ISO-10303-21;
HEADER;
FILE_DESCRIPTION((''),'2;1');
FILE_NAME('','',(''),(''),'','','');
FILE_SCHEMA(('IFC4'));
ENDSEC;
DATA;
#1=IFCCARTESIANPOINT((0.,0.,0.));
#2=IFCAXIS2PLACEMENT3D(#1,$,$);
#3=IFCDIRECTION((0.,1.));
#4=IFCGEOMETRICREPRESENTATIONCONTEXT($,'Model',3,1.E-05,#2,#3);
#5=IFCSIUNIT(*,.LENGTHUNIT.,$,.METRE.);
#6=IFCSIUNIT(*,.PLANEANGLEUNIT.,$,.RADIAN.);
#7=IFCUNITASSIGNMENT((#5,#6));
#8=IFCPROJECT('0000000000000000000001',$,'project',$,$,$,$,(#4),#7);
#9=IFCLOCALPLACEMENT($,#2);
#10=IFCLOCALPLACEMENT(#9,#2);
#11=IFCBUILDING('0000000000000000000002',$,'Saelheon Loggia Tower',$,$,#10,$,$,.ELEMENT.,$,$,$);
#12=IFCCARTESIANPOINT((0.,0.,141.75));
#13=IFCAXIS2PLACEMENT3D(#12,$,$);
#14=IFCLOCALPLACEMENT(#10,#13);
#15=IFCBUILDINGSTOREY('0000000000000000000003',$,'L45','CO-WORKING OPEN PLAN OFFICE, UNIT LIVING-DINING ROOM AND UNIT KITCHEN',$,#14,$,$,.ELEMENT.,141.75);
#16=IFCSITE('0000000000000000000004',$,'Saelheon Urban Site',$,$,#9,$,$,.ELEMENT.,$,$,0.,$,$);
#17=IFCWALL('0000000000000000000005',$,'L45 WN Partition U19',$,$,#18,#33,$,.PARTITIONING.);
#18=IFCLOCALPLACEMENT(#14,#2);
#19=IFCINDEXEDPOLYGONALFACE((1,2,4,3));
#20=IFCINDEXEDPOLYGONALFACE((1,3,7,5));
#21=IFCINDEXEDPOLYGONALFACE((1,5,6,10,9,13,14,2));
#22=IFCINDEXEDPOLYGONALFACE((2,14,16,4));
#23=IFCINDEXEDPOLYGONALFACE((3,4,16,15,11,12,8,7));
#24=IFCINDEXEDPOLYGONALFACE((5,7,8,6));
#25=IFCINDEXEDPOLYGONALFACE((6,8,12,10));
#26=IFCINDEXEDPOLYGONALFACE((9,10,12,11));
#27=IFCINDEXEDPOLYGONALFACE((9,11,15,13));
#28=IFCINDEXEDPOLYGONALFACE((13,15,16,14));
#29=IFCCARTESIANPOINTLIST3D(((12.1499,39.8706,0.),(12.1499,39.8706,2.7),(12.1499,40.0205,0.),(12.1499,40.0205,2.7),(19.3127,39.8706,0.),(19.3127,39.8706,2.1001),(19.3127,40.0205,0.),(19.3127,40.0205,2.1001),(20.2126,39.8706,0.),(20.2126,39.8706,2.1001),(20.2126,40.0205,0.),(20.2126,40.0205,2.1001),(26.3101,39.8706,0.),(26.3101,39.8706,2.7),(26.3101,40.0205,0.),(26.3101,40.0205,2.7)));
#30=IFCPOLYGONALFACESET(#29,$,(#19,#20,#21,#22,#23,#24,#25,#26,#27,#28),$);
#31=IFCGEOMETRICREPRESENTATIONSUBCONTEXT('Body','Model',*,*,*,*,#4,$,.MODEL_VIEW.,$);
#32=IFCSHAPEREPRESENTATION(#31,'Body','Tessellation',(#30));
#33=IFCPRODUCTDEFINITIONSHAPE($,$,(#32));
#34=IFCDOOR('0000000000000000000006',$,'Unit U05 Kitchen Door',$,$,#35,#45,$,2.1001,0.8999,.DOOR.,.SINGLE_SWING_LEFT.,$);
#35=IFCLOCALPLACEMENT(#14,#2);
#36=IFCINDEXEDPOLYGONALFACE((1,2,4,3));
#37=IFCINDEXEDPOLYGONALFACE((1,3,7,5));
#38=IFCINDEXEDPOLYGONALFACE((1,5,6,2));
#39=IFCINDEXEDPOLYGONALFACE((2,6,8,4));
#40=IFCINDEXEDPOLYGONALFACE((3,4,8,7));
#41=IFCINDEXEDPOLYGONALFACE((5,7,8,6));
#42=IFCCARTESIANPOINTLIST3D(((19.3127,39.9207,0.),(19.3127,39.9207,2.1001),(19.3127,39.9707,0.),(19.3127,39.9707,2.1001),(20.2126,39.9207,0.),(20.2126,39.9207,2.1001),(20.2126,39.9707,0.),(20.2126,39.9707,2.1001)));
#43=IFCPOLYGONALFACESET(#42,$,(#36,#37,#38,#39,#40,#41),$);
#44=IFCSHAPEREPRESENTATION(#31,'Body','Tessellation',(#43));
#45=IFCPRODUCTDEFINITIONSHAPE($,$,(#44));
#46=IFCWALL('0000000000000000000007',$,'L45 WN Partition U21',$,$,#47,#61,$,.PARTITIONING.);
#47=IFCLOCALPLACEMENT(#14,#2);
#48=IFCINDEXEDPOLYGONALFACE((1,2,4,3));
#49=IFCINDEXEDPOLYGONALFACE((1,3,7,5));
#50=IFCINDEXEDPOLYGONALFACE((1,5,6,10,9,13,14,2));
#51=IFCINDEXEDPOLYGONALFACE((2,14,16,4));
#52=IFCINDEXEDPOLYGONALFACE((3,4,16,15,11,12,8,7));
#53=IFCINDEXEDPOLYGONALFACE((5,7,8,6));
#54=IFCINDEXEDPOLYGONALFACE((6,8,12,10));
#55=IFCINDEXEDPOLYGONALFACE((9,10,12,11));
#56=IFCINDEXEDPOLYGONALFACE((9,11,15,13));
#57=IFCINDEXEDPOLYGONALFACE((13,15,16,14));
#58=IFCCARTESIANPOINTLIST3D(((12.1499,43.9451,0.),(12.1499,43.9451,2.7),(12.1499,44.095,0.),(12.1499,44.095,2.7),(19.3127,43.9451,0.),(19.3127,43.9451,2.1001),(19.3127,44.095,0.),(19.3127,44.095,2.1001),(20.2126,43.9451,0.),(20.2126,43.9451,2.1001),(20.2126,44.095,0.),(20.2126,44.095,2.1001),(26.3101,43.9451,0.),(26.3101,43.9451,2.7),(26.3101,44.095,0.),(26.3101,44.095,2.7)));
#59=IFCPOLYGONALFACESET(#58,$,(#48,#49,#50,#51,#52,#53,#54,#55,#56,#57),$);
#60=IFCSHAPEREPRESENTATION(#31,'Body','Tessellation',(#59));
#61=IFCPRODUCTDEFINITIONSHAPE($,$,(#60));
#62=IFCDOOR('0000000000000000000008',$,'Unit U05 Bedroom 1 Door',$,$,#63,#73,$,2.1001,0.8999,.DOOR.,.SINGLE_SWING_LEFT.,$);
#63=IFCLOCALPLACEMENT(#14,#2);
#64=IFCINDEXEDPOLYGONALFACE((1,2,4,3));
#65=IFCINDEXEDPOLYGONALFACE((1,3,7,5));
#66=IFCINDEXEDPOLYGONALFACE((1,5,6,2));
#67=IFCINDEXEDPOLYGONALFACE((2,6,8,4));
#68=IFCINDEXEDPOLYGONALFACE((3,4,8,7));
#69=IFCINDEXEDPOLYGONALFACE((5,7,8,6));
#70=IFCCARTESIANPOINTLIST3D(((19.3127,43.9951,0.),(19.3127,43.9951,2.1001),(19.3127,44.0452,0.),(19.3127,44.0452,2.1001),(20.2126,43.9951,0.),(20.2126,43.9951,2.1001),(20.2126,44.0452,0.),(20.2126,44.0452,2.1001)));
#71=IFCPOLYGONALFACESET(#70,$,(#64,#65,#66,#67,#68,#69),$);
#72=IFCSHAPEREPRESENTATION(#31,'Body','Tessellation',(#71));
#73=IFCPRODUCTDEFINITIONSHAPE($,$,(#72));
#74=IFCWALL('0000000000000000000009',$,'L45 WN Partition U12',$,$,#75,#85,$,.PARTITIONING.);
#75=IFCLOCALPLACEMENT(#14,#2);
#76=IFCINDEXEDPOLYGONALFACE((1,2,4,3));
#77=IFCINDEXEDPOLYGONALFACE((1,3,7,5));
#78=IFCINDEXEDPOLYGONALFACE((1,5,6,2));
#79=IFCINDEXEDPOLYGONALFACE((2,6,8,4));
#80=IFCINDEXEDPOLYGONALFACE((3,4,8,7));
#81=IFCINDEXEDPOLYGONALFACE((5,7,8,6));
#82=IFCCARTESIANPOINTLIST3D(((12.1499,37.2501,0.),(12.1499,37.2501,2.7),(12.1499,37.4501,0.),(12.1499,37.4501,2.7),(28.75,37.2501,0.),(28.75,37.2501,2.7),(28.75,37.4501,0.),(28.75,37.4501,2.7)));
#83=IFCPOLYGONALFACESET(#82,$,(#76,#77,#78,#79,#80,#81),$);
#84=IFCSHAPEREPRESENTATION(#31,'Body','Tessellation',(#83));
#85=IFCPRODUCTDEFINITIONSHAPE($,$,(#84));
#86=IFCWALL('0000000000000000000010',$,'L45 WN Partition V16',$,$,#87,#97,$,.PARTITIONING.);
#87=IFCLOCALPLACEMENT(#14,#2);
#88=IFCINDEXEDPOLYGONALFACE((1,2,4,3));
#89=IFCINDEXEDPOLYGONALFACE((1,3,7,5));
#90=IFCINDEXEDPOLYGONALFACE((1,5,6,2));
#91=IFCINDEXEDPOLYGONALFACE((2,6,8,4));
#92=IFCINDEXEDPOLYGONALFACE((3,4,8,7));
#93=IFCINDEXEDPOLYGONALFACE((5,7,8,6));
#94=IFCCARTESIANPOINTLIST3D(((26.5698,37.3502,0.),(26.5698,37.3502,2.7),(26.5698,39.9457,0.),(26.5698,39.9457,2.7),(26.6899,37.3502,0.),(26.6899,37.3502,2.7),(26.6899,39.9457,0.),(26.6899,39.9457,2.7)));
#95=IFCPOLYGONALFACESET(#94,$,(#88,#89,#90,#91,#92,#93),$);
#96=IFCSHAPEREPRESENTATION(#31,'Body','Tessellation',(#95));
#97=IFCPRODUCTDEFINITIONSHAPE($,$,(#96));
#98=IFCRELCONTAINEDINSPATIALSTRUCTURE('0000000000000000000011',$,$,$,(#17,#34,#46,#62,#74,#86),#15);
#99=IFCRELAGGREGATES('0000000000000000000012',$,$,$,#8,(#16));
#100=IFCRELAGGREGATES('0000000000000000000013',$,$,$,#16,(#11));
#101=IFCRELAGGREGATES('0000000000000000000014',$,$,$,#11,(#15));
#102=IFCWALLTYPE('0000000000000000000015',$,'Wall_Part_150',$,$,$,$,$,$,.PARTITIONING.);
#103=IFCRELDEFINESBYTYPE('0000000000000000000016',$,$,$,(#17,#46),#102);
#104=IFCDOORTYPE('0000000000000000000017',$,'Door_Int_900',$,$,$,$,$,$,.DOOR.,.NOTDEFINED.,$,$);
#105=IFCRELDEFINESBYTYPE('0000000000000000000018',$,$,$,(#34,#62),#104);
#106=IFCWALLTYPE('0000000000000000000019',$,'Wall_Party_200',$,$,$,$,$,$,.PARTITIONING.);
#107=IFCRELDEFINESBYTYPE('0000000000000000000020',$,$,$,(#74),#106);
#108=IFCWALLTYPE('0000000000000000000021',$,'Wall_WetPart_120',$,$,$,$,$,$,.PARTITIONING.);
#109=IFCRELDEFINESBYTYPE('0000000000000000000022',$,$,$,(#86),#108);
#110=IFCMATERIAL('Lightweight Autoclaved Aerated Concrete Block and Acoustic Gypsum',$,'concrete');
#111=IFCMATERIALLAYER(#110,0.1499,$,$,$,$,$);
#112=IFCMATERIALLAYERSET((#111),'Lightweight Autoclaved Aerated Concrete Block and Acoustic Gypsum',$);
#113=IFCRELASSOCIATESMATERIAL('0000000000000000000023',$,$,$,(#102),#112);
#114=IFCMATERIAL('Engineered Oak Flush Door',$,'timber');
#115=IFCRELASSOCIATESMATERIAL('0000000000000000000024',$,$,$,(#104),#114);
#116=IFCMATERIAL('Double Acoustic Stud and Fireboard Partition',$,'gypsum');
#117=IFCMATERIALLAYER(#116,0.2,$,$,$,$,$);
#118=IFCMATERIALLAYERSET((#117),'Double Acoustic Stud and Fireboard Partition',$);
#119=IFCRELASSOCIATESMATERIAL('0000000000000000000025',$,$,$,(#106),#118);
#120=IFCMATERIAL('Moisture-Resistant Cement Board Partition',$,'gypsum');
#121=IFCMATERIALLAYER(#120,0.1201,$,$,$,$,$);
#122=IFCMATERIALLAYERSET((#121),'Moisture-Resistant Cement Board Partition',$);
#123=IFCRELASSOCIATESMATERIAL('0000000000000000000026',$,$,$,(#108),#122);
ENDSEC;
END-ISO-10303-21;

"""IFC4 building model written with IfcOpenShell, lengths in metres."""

from ifc_helpers import new_model, si_unit, direction, frame, frame_2d, origin, place, context, subcontext, project, spatial, rectangle, extrude, source, transform, mapped, material, layer, layer_set, type_object, element, fill, save


model = new_model("IFC4")

# Units and contexts
model_context = context("Model", 3, precision=1e-05, world=origin(), true_north=direction((0.0, 1.0)))
body_context = subcontext(model_context, "Body", "Model", "MODEL_VIEW")
ifc_project = project(units=[si_unit("LENGTHUNIT", "METRE"), si_unit("PLANEANGLEUNIT", "RADIAN")], contexts=[model_context])

# Site, building, storey
site_placement = place(None, origin())
site = spatial("IfcSite", under=ifc_project, at=site_placement, Name="Saelheon Urban Site", CompositionType="ELEMENT", RefElevation=0.0)
building_placement = place(site_placement, origin())
building = spatial("IfcBuilding", under=site, at=building_placement, Name="Saelheon Loggia Tower", CompositionType="ELEMENT")
storey_placement = place(building_placement, frame((0.0, 0.0, 141.75)))
storey = spatial("IfcBuildingStorey", under=building, at=storey_placement, Name="L45", Description="CO-WORKING OPEN PLAN OFFICE, UNIT LIVING-DINING ROOM AND UNIT KITCHEN", CompositionType="ELEMENT", Elevation=141.75)

# Shared definitions
ifc_material_1 = material(Name="Lightweight Autoclaved Aerated Concrete Block and Acoustic Gypsum", Category="concrete")
ifc_layer_1 = layer(ifc_material_1, 0.1499)
ifc_layer_set_1 = layer_set([ifc_layer_1], Name="Lightweight Autoclaved Aerated Concrete Block and Acoustic Gypsum")
wall_type_1 = type_object("IfcWallType", Name="Wall_Part_150", PredefinedType="PARTITIONING", material=ifc_layer_set_1)

# Walls, openings, doors
wall_1_placement = place(storey_placement, frame((26.3101, 39.9456, 0.0), z_axis=(0.0, 0.0, 1.0), x_axis=(-1.0, 0.0, 0.0)))
wall_1 = element("IfcWall", 1, at=wall_1_placement, inside=storey, type_object=wall_type_1, Name="L45 WN Partition U19", PredefinedType="PARTITIONING", context=body_context, shape_type="SweptSolid", body=[
    extrude(rectangle(XDim=14.1602, YDim=0.1499, at=frame_2d((7.0801, 0.0))), origin(), (0.0, 0.0, 1.0), 2.7),
])
opening_1_placement = place(wall_1_placement, frame((6.0974, 0.0, 0.0)))
opening_1 = element("IfcOpeningElement", 2, at=opening_1_placement, cuts=wall_1, PredefinedType="OPENING", context=body_context, shape_type="SweptSolid", body=[
    extrude(rectangle(XDim=0.8999, YDim=2.1001, at=frame_2d((0.45, 1.05))), frame((0.0, 0.0869, 0.0), z_axis=(0.0, -1.0, 0.0), x_axis=(1.0, 0.0, 0.0)), (0.0, 0.0, 1.0), 0.1738),
])
ifc_material_2 = material(Name="Engineered Oak Flush Door", Category="timber")
door_type_1 = type_object("IfcDoorType", Name="Door_Int_900", OperationType="NOTDEFINED", PredefinedType="DOOR", material=ifc_material_2)
shared_shape_1 = source(origin(), body_context, "Body", "SweptSolid", [
    extrude(rectangle(XDim=0.8999, YDim=2.1001, at=frame_2d((0.45, 1.05))), frame((0.0, 0.0249, 0.0), z_axis=(0.0, -1.0, 0.0), x_axis=(1.0, 0.0, 0.0)), (0.0, 0.0, 1.0), 0.05),
])
door_1_placement = place(opening_1_placement, origin())
door_1 = element("IfcDoor", 3, at=door_1_placement, inside=storey, type_object=door_type_1, Name="Unit U05 Kitchen Door", OperationType="SINGLE_SWING_LEFT", OverallHeight=2.1001, OverallWidth=0.8999, PredefinedType="DOOR", context=body_context, shape_type="MappedRepresentation", body=[
    mapped(shared_shape_1, transform((0.0, 0.0, 0.0), scale=1.0)),
])
fill(opening_1, door_1)
wall_2_placement = place(storey_placement, frame((26.3101, 44.02, 0.0), z_axis=(0.0, 0.0, 1.0), x_axis=(-1.0, 0.0, 0.0)))
wall_2 = element("IfcWall", 4, at=wall_2_placement, inside=storey, type_object=wall_type_1, Name="L45 WN Partition U21", PredefinedType="PARTITIONING", context=body_context, shape_type="SweptSolid", body=[
    extrude(rectangle(XDim=14.1602, YDim=0.1499, at=frame_2d((7.0801, 0.0))), origin(), (0.0, 0.0, 1.0), 2.7),
])
opening_2_placement = place(wall_2_placement, frame((6.0974, 0.0, 0.0)))
opening_2 = element("IfcOpeningElement", 5, at=opening_2_placement, cuts=wall_2, PredefinedType="OPENING", context=body_context, shape_type="SweptSolid", body=[
    extrude(rectangle(XDim=0.8999, YDim=2.1001, at=frame_2d((0.45, 1.05))), frame((0.0, 0.0869, 0.0), z_axis=(0.0, -1.0, 0.0), x_axis=(1.0, 0.0, 0.0)), (0.0, 0.0, 1.0), 0.1738),
])
door_2_placement = place(opening_2_placement, origin())
door_2 = element("IfcDoor", 6, at=door_2_placement, inside=storey, type_object=door_type_1, Name="Unit U05 Bedroom 1 Door", OperationType="SINGLE_SWING_LEFT", OverallHeight=2.1001, OverallWidth=0.8999, PredefinedType="DOOR", context=body_context, shape_type="MappedRepresentation", body=[
    mapped(shared_shape_1, transform((0.0, 0.0, 0.0), scale=1.0)),
])
fill(opening_2, door_2)

# Walls
ifc_material_3 = material(Name="Double Acoustic Stud and Fireboard Partition", Category="gypsum")
ifc_layer_2 = layer(ifc_material_3, 0.2)
ifc_layer_set_2 = layer_set([ifc_layer_2], Name="Double Acoustic Stud and Fireboard Partition")
wall_type_2 = type_object("IfcWallType", Name="Wall_Party_200", PredefinedType="PARTITIONING", material=ifc_layer_set_2)
wall_3_placement = place(storey_placement, frame((28.75, 37.3501, 0.0), z_axis=(0.0, 0.0, 1.0), x_axis=(-1.0, 0.0, 0.0)))
element("IfcWall", 7, at=wall_3_placement, inside=storey, type_object=wall_type_2, Name="L45 WN Partition U12", PredefinedType="PARTITIONING", context=body_context, shape_type="SweptSolid", body=[
    extrude(rectangle(XDim=16.6001, YDim=0.2, at=frame_2d((8.3, 0.0))), origin(), (0.0, 0.0, 1.0), 2.7),
])
ifc_material_4 = material(Name="Moisture-Resistant Cement Board Partition", Category="gypsum")
ifc_layer_3 = layer(ifc_material_4, 0.1201)
ifc_layer_set_3 = layer_set([ifc_layer_3], Name="Moisture-Resistant Cement Board Partition")
wall_type_3 = type_object("IfcWallType", Name="Wall_WetPart_120", PredefinedType="PARTITIONING", material=ifc_layer_set_3)
wall_4_placement = place(storey_placement, frame((26.6299, 37.3501, 0.0), z_axis=(0.0, 0.0, 1.0), x_axis=(0.0, 1.0, 0.0)))
element("IfcWall", 8, at=wall_4_placement, inside=storey, type_object=wall_type_3, Name="L45 WN Partition V16", PredefinedType="PARTITIONING", context=body_context, shape_type="SweptSolid", body=[
    extrude(rectangle(XDim=2.5955, YDim=0.1201, at=frame_2d((1.2979, 0.0))), origin(), (0.0, 0.0, 1.0), 2.7),
])

save(model, "model.ifc")
